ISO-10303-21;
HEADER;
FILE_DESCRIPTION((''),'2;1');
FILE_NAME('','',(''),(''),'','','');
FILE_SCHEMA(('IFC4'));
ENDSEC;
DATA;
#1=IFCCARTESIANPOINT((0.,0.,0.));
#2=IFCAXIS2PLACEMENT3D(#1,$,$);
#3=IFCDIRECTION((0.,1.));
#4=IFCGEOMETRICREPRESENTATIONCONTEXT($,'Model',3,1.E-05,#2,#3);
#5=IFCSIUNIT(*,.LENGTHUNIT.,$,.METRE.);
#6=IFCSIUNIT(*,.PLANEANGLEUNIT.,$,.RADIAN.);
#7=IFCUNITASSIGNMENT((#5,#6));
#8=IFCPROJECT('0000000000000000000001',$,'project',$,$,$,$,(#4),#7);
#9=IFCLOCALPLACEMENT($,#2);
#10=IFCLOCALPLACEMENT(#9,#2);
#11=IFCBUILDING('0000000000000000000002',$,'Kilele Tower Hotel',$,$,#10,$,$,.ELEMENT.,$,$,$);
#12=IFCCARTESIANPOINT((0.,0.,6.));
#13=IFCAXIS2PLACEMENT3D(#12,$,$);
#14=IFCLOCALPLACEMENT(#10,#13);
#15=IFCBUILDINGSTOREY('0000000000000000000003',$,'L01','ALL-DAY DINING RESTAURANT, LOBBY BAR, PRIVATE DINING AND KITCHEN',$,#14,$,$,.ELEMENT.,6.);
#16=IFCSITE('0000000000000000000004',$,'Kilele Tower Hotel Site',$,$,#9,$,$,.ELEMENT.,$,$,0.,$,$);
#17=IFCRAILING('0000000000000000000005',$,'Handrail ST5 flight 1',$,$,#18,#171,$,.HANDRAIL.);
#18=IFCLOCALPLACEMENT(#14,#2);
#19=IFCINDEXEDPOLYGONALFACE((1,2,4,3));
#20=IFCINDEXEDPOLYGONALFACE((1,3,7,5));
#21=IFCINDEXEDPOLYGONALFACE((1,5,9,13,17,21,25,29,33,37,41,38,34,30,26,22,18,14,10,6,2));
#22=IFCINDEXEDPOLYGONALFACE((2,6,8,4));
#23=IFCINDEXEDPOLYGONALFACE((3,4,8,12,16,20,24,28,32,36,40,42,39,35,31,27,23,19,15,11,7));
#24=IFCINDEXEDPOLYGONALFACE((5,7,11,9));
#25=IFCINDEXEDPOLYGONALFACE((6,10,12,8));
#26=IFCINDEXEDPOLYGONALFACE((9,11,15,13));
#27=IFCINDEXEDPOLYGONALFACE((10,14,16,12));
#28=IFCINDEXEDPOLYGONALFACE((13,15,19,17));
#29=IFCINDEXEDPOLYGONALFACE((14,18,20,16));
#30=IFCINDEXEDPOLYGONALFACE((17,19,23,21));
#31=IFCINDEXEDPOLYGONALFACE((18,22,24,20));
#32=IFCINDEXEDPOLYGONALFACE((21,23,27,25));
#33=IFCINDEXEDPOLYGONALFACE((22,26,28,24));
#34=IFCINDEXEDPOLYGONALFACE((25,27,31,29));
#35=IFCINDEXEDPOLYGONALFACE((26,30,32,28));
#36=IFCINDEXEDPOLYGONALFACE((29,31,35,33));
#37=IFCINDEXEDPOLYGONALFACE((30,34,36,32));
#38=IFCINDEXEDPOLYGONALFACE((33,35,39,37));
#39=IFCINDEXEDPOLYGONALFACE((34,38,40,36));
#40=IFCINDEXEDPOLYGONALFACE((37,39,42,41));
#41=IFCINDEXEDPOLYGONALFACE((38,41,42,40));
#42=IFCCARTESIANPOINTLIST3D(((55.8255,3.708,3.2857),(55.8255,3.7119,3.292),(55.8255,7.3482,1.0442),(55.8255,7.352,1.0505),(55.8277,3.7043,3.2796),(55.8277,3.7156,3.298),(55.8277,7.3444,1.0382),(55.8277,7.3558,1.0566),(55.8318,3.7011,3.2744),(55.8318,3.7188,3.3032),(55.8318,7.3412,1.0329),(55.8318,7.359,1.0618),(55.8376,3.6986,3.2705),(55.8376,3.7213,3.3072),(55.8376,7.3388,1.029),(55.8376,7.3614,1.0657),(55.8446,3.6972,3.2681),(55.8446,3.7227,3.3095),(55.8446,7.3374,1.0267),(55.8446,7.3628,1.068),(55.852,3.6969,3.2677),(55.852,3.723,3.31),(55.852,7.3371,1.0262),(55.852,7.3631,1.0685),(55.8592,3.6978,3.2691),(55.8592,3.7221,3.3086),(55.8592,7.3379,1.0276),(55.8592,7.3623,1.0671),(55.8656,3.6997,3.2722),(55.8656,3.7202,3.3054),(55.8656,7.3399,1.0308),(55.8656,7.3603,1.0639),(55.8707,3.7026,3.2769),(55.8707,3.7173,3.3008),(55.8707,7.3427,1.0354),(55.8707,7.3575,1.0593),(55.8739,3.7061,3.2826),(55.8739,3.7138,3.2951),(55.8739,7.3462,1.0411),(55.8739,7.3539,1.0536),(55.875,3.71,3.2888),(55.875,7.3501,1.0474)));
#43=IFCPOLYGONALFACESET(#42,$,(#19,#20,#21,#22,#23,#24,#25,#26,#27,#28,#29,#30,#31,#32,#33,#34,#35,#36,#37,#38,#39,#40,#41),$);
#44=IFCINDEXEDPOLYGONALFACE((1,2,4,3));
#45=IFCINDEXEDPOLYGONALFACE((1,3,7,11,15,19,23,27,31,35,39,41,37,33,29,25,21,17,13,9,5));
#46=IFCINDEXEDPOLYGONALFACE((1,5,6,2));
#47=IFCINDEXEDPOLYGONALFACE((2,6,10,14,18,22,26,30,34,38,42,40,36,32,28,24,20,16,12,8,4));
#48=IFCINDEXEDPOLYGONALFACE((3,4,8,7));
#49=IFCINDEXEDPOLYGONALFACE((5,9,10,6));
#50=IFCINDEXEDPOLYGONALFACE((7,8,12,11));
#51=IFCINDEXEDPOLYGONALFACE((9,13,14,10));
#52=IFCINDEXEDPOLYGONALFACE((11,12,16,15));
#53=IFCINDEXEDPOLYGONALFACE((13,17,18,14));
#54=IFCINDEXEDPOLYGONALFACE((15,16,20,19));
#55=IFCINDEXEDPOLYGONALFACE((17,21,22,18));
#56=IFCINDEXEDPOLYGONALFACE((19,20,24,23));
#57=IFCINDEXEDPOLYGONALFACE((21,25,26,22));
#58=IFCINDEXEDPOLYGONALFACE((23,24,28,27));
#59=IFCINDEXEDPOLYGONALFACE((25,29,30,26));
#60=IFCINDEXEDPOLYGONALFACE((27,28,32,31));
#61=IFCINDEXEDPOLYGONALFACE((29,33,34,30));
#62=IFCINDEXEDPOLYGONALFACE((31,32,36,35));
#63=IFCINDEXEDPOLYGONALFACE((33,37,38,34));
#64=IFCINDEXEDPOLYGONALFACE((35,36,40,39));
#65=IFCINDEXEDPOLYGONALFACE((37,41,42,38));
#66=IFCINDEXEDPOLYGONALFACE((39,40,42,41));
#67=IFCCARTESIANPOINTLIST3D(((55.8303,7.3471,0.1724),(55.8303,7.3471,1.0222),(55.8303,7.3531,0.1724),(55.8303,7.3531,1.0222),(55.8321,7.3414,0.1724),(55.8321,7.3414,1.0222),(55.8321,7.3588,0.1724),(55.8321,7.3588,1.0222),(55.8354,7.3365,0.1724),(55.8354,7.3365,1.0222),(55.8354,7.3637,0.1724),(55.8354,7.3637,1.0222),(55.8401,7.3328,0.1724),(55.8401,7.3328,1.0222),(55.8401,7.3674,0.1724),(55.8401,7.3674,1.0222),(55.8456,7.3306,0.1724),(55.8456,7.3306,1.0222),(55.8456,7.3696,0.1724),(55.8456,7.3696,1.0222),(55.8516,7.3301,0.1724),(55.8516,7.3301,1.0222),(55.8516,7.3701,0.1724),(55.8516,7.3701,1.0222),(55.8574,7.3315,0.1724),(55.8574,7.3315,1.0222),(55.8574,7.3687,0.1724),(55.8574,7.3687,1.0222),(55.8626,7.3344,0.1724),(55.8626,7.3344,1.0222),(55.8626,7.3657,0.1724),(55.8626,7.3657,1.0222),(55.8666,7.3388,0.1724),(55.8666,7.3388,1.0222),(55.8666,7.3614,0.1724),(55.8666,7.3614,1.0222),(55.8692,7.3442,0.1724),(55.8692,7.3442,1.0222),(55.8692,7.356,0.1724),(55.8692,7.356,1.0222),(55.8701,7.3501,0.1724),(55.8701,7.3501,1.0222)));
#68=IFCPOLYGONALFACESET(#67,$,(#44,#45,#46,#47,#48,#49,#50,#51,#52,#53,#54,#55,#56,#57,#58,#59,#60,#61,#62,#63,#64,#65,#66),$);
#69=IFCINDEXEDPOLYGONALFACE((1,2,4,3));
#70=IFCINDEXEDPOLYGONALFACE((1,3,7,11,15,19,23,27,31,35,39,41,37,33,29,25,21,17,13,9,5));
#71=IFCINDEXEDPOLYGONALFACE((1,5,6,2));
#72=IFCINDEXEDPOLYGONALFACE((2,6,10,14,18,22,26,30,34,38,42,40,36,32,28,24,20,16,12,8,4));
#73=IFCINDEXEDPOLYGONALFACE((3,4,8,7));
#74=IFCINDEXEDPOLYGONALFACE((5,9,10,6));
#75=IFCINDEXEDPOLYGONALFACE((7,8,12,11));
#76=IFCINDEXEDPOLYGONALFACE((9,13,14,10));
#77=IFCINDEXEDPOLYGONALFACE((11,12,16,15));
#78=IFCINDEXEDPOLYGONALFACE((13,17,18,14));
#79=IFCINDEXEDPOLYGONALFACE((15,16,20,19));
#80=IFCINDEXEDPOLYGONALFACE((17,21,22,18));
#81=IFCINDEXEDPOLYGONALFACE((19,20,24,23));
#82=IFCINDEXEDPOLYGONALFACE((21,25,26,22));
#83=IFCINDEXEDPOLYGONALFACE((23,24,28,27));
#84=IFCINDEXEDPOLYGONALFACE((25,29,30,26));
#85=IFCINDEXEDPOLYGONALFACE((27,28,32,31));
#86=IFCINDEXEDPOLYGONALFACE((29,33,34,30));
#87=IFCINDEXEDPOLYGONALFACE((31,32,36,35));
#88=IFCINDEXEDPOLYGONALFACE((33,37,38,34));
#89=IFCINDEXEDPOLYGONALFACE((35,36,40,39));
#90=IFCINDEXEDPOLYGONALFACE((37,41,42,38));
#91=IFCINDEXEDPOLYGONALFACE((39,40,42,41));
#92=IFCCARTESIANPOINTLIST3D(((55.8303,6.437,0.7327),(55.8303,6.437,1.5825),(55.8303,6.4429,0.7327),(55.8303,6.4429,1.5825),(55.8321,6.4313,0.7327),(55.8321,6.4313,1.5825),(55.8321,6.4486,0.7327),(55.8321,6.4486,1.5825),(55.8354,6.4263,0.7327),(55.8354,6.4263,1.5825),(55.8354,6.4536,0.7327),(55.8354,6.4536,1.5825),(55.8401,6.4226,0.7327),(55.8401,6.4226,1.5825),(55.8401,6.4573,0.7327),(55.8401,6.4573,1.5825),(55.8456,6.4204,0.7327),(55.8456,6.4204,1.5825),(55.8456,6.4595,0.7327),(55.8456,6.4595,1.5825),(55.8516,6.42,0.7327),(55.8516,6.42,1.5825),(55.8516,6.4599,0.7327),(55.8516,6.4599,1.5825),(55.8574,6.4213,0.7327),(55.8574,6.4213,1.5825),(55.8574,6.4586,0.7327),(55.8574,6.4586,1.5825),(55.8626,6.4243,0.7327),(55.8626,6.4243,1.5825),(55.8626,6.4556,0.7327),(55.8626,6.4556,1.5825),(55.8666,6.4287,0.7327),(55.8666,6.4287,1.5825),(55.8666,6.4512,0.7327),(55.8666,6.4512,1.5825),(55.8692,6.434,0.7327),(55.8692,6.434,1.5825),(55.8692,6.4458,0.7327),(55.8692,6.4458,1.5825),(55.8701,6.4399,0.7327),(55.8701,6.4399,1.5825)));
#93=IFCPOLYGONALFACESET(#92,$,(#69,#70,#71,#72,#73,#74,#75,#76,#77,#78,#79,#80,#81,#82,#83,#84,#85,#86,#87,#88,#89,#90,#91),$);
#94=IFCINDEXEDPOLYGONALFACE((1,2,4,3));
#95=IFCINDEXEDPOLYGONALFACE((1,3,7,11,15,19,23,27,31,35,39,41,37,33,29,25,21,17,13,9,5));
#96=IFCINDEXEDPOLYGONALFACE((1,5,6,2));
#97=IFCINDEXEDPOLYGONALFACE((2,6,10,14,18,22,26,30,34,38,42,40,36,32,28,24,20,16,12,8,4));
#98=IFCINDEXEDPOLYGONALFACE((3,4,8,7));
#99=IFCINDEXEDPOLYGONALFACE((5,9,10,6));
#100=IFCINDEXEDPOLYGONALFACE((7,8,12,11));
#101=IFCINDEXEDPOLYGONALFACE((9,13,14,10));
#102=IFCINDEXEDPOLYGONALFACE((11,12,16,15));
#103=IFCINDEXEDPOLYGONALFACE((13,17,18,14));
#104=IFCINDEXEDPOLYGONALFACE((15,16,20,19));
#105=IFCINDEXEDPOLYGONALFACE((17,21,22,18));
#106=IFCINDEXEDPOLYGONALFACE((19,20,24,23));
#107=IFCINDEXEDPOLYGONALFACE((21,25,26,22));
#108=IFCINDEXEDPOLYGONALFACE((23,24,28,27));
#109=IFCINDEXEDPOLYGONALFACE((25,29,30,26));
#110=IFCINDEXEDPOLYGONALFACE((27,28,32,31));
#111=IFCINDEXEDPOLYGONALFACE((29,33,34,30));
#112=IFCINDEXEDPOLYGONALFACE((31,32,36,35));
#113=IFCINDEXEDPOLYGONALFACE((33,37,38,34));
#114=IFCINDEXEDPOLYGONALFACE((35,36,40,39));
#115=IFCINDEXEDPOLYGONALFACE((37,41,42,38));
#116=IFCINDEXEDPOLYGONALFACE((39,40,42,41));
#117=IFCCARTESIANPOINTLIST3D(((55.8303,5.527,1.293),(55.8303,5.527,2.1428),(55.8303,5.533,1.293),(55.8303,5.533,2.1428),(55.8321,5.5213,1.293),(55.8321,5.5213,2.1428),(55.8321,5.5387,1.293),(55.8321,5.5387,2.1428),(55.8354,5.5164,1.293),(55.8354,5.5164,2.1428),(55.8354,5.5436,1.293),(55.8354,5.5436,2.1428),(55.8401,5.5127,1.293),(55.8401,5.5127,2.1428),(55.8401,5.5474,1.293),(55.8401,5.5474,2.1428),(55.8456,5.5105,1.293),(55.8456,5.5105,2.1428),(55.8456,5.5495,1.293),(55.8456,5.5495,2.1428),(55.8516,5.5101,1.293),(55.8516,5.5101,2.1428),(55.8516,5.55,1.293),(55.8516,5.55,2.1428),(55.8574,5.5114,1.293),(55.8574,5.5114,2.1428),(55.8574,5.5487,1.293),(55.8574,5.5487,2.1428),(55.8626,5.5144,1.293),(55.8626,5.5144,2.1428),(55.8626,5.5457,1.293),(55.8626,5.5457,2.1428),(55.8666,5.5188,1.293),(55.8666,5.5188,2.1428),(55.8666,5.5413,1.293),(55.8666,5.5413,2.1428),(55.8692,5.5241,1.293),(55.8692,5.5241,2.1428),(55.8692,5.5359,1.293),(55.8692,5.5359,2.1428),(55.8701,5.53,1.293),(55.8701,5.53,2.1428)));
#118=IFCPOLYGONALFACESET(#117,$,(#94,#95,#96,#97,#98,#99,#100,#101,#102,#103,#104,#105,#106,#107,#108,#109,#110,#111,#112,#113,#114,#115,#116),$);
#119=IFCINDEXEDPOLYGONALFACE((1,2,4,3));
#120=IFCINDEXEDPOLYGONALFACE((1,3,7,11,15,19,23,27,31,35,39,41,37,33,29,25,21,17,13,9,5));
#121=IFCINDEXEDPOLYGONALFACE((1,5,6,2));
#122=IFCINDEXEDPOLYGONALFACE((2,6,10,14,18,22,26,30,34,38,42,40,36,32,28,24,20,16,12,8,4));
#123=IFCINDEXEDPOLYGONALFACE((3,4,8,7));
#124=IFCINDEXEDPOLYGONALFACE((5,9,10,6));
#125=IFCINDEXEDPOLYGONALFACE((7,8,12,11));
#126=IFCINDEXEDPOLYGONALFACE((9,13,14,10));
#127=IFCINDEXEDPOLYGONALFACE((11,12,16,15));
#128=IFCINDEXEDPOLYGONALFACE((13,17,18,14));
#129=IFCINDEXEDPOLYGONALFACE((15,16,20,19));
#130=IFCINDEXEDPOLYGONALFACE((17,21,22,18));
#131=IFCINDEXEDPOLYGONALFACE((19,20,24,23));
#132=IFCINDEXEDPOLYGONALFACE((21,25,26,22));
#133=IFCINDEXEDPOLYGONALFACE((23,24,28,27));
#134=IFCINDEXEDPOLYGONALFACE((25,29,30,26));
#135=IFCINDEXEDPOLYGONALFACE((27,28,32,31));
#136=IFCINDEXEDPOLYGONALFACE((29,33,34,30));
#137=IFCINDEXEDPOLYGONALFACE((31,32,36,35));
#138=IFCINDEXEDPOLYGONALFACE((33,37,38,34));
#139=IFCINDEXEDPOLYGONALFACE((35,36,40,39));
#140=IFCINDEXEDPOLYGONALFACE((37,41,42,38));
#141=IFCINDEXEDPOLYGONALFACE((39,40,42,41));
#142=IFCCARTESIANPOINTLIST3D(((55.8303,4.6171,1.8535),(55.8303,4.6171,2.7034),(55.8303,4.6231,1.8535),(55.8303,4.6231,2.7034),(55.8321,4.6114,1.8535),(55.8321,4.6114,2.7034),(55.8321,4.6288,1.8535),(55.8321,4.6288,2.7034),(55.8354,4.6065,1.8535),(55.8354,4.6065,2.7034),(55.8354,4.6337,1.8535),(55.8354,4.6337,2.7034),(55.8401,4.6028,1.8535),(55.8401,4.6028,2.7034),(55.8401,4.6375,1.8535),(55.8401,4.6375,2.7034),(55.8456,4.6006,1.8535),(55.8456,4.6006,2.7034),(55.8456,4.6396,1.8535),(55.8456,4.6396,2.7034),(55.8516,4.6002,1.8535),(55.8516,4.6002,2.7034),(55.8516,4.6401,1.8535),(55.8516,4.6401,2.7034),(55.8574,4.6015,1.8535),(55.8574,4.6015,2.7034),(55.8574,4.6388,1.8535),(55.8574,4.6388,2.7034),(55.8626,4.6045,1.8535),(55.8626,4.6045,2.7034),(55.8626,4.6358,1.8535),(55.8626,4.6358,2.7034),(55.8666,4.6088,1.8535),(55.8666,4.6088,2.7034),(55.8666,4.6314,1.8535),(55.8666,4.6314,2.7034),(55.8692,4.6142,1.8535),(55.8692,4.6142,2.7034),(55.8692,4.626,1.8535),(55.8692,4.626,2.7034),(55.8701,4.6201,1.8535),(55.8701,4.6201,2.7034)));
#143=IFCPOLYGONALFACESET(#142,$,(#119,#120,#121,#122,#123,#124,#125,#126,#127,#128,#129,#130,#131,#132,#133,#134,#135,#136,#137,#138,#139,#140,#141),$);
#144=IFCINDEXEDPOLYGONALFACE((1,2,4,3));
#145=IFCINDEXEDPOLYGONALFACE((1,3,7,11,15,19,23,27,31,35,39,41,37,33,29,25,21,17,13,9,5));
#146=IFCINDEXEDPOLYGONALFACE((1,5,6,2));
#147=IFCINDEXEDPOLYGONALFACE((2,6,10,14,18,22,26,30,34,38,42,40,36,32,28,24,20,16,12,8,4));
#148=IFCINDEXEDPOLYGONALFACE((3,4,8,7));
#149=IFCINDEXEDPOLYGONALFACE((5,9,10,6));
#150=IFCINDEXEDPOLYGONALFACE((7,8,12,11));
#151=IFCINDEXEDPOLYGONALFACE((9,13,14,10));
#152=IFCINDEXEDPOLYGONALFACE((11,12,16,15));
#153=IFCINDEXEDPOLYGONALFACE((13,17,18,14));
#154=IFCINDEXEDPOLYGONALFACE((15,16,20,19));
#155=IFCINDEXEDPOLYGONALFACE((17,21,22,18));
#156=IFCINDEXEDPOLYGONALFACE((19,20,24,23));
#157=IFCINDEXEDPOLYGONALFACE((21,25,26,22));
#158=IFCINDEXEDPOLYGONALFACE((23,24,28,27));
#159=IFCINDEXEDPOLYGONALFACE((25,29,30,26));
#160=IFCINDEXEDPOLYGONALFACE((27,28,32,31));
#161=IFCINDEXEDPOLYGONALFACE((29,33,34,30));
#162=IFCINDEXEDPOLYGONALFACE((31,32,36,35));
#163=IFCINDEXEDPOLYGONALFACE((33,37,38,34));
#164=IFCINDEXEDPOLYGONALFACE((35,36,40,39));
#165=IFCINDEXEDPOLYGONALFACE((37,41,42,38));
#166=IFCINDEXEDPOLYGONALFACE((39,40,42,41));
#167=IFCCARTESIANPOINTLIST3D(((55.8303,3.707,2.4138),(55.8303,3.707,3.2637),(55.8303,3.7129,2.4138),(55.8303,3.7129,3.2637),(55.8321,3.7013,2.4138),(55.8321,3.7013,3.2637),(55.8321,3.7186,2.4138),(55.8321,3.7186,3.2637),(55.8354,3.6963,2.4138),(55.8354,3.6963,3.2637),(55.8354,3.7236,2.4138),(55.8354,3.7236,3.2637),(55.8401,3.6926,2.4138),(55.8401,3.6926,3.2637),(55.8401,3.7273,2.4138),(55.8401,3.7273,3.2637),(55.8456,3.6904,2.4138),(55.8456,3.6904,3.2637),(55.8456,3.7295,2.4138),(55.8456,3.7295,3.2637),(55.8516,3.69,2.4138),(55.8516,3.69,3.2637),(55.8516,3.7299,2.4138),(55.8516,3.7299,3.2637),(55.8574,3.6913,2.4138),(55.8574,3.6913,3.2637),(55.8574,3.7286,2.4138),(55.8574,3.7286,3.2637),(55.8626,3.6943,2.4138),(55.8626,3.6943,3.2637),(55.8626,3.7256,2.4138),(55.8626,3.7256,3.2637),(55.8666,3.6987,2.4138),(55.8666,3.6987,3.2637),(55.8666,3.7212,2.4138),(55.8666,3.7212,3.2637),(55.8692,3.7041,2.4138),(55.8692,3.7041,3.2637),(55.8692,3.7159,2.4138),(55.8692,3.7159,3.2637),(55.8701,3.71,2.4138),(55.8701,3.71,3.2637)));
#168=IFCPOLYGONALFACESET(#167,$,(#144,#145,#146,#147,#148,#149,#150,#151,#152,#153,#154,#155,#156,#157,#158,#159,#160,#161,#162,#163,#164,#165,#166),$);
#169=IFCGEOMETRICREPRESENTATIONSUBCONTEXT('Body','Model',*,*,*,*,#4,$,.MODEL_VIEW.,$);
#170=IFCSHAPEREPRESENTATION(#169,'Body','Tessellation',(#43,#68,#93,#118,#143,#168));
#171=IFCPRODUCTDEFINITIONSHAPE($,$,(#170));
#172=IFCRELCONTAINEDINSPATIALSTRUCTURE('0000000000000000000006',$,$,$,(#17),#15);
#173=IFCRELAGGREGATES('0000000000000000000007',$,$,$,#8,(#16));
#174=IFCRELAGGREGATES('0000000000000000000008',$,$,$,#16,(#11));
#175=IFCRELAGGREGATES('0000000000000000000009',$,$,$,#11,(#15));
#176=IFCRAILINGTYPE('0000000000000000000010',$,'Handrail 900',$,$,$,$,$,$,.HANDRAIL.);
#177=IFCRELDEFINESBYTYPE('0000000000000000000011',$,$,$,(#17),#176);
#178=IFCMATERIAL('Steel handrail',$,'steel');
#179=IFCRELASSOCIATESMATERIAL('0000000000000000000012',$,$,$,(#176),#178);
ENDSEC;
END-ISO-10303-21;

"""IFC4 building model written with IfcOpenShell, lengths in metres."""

from ifc_helpers import new_model, si_unit, direction, frame, origin, origin_2d, place, context, subcontext, project, spatial, circle, extrude, material, type_object, element, save


model = new_model("IFC4")

# Units and contexts
model_context = context("Model", 3, precision=1e-05, world=origin(), true_north=direction((0.0, 1.0)))
body_context = subcontext(model_context, "Body", "Model", "MODEL_VIEW")
ifc_project = project(units=[si_unit("LENGTHUNIT", "METRE"), si_unit("PLANEANGLEUNIT", "RADIAN")], contexts=[model_context])

# Site, building, storey
site_placement = place(None, origin())
site = spatial("IfcSite", under=ifc_project, at=site_placement, Name="Kilele Tower Hotel Site", CompositionType="ELEMENT", RefElevation=0.0)
building_placement = place(site_placement, origin())
building = spatial("IfcBuilding", under=site, at=building_placement, Name="Kilele Tower Hotel", CompositionType="ELEMENT")
storey_placement = place(building_placement, frame((0.0, 0.0, 6.0)))
storey = spatial("IfcBuildingStorey", under=building, at=storey_placement, Name="L01", Description="ALL-DAY DINING RESTAURANT, LOBBY BAR, PRIVATE DINING AND KITCHEN", CompositionType="ELEMENT", Elevation=6.0)

# Railing
ifc_material_1 = material(Name="Steel handrail", Category="steel")
railing_type_1 = type_object("IfcRailingType", Name="Handrail 900", PredefinedType="HANDRAIL", material=ifc_material_1)
for number, where, name in (
    (1, (55.8501, 7.3501, 0.1724), "Handrail ST5 flight 1"),
):
    element("IfcRailing", number, at=place(storey_placement, frame(where)), inside=storey, type_object=railing_type_1, Name=name, PredefinedType="HANDRAIL", context=body_context, shape_type="SweptSolid", body=[
        extrude(circle(Radius=0.0249, at=origin_2d()), frame((0.0, 0.0, 0.875), z_axis=(0.0, -0.851515, 0.52433), x_axis=(1.0, 0.0, 0.0)), (0.0, 0.0, 1.0), 4.2749),
        extrude(circle(Radius=0.02, at=origin_2d()), origin(), (0.0, 0.0, 1.0), 0.8499),
        extrude(circle(Radius=0.02, at=origin_2d()), frame((0.0, -0.9102, 0.5603)), (0.0, 0.0, 1.0), 0.8499),
        extrude(circle(Radius=0.02, at=origin_2d()), frame((0.0, -1.8201, 1.1206)), (0.0, 0.0, 1.0), 0.8499),
        extrude(circle(Radius=0.02, at=origin_2d()), frame((0.0, -2.73, 1.6812)), (0.0, 0.0, 1.0), 0.8499),
        extrude(circle(Radius=0.02, at=origin_2d()), frame((0.0, -3.6401, 2.2415)), (0.0, 0.0, 1.0), 0.8499),
    ])

save(model, "model.ifc")
